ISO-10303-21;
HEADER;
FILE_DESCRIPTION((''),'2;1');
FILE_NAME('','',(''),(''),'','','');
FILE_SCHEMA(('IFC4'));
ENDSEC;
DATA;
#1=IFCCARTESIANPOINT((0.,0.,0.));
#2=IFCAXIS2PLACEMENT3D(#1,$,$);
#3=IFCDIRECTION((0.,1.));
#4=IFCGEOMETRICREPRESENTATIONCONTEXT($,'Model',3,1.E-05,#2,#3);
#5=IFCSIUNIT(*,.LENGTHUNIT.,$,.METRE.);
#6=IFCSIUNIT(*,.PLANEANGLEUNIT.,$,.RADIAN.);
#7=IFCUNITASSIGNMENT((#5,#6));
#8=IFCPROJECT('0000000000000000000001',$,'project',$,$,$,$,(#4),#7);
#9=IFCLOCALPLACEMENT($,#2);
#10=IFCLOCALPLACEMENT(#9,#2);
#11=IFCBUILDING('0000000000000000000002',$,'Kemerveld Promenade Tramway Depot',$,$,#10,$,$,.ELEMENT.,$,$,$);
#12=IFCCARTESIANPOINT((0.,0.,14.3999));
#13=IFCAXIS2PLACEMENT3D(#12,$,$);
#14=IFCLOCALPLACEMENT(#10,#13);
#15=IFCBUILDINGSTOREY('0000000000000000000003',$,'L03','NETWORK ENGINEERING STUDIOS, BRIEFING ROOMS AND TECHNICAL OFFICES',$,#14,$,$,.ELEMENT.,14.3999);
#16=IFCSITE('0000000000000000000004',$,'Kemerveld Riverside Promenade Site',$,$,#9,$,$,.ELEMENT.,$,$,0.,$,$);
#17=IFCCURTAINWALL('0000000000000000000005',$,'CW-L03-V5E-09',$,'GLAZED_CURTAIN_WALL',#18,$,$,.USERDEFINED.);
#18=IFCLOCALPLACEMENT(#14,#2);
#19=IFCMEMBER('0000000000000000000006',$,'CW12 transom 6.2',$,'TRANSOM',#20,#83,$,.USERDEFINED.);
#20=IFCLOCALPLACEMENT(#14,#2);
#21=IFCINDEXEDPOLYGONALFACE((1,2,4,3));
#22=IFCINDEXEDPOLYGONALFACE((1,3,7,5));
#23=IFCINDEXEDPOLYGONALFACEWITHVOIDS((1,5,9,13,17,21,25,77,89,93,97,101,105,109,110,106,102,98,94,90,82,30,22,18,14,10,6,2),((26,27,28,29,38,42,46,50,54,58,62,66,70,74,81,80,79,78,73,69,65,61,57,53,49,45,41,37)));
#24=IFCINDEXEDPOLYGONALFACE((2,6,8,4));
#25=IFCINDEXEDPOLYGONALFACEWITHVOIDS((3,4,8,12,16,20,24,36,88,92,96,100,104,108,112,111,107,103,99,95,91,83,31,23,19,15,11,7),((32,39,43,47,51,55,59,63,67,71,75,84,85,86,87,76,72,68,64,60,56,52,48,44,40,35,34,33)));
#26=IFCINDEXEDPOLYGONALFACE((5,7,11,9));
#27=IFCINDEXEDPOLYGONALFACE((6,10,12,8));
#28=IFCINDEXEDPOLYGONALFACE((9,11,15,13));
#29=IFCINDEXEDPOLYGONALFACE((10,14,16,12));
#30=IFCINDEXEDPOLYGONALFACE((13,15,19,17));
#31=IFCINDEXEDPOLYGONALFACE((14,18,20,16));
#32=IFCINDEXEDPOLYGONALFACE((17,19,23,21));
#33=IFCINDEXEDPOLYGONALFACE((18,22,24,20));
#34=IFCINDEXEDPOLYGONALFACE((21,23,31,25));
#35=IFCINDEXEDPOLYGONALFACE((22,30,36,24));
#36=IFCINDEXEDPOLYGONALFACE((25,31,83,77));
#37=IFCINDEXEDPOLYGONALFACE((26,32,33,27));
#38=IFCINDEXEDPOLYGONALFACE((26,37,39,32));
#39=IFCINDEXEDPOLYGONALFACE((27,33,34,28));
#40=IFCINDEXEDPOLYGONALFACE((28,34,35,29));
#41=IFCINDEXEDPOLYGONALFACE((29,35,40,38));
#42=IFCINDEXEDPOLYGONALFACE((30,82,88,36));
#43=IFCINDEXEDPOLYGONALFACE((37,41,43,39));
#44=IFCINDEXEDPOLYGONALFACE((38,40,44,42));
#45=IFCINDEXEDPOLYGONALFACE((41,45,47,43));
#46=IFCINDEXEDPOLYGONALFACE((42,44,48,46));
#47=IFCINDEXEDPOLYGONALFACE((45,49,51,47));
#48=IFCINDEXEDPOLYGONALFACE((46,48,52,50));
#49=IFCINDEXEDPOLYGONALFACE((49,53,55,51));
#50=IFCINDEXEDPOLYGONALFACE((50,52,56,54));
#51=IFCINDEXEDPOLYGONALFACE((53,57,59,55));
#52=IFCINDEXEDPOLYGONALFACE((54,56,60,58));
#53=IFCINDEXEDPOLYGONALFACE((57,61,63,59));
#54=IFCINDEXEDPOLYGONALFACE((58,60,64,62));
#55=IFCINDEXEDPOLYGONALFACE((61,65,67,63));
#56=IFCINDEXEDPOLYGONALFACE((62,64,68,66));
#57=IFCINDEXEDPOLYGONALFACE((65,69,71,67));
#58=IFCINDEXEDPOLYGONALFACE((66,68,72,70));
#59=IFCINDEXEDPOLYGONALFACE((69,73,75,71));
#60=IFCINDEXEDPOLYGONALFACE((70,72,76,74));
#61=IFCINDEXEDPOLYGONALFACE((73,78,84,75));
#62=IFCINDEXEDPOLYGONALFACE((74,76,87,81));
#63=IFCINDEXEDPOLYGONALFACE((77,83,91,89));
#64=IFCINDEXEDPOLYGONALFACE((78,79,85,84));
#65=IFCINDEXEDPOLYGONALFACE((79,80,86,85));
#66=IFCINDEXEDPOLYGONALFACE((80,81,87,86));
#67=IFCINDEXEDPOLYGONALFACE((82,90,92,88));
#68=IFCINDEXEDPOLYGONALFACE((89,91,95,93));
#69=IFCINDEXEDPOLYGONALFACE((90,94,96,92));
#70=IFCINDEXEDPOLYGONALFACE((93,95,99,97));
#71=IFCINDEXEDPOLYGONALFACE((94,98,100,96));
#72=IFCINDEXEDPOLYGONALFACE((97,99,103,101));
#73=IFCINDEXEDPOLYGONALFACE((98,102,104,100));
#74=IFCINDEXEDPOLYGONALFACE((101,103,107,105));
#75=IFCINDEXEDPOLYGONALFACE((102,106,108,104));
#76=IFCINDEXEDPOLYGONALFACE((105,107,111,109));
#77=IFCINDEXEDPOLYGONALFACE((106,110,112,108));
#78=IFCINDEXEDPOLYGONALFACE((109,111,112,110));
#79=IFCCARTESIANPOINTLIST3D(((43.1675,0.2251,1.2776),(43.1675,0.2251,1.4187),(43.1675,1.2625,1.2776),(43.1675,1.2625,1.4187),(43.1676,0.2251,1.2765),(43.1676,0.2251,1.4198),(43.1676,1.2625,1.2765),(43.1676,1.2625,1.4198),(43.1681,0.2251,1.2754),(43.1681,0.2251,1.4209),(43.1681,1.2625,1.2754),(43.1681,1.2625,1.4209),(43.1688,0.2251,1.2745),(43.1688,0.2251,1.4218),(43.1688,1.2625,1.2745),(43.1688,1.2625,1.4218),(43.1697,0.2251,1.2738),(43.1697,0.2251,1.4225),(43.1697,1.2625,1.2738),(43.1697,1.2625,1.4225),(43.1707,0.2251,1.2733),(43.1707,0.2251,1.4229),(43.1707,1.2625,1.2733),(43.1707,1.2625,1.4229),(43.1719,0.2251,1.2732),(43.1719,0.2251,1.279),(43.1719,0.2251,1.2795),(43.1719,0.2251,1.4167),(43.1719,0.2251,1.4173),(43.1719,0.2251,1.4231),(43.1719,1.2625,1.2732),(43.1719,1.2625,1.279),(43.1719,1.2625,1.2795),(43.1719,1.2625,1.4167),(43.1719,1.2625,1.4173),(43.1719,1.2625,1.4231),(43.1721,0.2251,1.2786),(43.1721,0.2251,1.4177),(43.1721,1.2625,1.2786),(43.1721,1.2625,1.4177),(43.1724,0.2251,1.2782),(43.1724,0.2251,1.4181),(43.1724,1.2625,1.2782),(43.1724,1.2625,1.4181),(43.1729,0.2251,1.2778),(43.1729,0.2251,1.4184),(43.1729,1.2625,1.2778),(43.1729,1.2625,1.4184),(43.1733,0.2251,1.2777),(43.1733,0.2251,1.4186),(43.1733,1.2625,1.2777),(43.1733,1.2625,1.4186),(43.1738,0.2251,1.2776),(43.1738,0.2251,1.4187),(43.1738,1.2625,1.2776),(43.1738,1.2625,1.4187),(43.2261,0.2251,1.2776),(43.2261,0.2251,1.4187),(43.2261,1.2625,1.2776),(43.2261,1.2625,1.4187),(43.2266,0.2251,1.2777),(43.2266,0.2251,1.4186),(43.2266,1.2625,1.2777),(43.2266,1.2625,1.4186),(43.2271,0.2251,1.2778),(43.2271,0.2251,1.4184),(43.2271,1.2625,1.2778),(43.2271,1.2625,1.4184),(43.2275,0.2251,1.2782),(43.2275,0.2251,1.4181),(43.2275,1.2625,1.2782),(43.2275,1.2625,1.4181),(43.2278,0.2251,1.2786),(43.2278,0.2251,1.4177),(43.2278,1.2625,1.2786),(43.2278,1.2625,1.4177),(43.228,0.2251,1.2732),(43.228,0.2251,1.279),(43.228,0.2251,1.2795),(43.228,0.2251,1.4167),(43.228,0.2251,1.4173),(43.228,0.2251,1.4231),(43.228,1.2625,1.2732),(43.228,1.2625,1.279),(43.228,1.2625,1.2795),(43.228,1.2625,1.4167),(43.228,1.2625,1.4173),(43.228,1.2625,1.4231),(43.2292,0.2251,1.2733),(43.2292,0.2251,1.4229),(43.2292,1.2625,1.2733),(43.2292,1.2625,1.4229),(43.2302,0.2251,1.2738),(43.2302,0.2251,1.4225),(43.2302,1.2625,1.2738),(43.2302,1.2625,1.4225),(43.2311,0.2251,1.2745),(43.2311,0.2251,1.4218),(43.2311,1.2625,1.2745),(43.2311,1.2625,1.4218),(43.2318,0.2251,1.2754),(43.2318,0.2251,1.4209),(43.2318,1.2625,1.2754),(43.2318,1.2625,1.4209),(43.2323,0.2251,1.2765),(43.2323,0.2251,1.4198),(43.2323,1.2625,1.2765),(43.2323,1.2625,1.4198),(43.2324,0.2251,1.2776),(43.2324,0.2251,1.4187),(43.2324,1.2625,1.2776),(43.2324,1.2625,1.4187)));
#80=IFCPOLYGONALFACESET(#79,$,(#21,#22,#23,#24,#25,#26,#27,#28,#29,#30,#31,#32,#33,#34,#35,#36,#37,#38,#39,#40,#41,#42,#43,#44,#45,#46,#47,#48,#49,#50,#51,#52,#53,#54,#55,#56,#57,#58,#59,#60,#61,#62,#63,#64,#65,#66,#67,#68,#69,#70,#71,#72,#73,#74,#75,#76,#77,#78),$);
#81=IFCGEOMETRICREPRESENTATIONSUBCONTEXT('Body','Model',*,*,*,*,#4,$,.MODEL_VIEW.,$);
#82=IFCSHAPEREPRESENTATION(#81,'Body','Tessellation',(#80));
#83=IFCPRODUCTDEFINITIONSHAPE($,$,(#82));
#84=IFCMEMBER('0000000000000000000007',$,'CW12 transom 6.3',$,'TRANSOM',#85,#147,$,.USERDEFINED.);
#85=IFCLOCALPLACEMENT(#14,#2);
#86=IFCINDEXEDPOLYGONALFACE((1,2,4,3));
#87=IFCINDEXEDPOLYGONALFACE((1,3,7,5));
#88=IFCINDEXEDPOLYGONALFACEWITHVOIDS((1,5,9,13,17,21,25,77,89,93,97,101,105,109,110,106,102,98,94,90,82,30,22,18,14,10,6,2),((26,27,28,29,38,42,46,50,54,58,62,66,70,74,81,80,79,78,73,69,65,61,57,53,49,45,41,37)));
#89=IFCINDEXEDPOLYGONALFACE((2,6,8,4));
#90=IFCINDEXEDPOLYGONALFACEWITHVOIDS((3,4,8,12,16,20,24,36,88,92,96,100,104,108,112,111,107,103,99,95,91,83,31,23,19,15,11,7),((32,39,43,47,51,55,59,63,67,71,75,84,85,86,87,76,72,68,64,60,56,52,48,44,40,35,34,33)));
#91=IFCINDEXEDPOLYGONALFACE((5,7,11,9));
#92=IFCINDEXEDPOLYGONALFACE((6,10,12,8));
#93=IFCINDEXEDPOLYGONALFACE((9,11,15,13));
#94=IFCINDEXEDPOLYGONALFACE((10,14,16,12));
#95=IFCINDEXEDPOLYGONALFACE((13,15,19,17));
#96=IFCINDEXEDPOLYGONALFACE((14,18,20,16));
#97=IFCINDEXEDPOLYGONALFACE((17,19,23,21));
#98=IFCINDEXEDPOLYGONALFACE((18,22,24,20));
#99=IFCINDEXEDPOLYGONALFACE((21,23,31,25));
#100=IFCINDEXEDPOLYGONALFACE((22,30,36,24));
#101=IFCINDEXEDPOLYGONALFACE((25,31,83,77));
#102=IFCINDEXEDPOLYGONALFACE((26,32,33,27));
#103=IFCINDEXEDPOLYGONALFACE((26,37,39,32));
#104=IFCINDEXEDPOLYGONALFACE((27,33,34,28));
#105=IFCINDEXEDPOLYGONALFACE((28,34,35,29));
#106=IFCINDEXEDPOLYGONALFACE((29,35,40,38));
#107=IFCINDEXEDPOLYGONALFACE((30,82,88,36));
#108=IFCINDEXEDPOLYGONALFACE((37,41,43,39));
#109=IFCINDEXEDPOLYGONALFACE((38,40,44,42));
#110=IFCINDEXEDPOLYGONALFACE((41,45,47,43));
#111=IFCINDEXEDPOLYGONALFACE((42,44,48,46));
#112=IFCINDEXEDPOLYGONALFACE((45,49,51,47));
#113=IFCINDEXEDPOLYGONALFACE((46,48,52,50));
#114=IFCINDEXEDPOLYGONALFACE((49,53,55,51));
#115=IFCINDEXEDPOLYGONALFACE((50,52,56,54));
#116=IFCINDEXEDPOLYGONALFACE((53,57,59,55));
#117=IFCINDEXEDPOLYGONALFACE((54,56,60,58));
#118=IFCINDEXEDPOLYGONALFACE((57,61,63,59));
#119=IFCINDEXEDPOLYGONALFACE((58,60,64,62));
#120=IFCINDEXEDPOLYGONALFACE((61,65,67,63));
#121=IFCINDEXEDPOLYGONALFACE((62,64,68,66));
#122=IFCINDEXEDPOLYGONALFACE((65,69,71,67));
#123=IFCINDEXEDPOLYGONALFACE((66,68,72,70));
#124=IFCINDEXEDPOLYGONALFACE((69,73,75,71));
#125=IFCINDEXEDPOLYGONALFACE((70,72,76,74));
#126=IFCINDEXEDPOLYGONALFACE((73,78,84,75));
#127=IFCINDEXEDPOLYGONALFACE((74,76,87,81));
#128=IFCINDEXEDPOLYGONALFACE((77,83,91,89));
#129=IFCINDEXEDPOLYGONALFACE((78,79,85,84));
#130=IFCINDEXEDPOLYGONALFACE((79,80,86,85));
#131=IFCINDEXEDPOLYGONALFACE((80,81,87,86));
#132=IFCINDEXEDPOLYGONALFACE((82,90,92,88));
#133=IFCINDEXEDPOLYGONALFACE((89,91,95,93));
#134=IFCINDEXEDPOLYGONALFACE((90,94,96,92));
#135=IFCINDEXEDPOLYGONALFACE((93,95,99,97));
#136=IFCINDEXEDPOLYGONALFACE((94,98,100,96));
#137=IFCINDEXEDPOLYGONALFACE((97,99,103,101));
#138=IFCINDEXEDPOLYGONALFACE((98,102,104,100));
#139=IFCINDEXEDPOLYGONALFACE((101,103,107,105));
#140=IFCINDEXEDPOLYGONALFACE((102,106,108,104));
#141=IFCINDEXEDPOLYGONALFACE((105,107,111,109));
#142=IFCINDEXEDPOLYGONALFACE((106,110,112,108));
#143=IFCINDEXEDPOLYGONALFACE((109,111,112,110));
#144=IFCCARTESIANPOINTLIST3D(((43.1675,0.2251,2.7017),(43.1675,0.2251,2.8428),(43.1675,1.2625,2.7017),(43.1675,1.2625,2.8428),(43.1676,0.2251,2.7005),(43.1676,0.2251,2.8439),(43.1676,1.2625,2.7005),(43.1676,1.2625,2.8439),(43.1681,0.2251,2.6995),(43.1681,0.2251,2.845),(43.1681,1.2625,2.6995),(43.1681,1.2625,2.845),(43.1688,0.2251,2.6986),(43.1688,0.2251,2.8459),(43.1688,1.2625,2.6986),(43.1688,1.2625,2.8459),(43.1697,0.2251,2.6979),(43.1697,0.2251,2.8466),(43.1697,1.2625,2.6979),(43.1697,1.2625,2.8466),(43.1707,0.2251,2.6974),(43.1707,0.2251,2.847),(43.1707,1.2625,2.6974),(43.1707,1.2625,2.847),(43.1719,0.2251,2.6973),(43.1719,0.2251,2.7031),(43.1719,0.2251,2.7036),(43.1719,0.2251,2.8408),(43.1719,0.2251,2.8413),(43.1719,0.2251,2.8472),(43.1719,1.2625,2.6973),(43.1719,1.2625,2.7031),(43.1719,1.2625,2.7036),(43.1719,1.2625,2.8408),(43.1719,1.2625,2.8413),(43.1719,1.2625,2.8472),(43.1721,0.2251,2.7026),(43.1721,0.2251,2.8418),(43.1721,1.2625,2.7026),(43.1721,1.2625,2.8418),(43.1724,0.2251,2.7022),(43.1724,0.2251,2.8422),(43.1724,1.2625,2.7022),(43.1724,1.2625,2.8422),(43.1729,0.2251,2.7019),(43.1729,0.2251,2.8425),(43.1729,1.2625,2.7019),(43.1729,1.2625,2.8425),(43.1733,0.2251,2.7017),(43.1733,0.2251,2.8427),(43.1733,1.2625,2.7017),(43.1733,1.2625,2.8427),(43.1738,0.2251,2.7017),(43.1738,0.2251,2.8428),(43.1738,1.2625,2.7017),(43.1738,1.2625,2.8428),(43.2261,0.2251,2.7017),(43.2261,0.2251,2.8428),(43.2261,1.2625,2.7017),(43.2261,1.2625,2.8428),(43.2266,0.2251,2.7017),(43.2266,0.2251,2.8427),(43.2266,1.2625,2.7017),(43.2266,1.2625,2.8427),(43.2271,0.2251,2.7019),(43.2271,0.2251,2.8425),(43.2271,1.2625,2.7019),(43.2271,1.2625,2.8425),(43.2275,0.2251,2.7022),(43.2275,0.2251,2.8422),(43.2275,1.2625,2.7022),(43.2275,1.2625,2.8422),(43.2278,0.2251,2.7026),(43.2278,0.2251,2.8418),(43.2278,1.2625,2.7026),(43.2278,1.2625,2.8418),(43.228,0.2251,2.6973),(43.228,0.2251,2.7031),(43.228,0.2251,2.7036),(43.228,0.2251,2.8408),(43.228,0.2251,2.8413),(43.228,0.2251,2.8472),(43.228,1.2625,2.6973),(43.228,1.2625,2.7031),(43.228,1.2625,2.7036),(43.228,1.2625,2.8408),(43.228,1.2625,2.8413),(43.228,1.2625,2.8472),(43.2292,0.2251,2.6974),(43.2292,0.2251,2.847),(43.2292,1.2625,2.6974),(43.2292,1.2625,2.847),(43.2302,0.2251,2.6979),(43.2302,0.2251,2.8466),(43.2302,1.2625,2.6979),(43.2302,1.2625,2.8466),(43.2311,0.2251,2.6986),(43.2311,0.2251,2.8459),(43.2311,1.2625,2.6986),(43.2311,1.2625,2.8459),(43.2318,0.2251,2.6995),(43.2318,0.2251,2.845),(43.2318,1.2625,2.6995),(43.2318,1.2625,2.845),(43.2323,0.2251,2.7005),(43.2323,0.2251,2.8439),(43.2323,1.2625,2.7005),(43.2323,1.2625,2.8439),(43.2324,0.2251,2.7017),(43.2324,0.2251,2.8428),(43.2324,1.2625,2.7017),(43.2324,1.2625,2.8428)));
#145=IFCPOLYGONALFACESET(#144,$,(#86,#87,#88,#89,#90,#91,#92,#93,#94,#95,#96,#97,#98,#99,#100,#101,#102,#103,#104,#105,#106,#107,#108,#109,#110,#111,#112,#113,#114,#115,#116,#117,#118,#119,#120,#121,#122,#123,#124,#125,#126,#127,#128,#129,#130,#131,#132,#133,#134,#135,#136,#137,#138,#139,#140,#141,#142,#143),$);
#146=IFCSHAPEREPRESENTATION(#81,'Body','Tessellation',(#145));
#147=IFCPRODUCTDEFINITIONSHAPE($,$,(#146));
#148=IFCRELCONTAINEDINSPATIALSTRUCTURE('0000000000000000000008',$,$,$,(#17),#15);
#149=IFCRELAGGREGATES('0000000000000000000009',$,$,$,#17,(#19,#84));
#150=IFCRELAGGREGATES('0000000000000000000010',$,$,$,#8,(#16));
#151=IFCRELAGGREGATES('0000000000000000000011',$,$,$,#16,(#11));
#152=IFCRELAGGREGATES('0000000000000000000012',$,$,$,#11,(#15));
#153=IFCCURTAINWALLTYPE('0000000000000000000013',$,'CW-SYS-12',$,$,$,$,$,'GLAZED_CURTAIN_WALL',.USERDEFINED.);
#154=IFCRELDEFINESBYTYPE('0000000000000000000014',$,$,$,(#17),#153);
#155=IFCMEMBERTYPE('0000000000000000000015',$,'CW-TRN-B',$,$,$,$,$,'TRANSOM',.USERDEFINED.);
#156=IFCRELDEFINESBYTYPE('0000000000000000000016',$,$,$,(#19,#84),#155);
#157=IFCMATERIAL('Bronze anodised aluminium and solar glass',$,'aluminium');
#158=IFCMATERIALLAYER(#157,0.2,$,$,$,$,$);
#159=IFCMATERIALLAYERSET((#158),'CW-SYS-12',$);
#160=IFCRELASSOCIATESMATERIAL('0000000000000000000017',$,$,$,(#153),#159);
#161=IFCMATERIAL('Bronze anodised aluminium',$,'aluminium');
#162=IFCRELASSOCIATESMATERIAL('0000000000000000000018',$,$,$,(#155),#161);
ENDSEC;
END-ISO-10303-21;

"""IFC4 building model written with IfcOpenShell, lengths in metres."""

from ifc_helpers import new_model, si_unit, direction, frame, origin, origin_2d, place, context, subcontext, project, spatial, hollow_rectangle, extrude, material, layer, layer_set, material_profile, profile_set, type_object, element, aggregate, save


model = new_model("IFC4")

# Units and contexts
model_context = context("Model", 3, precision=1e-05, world=origin(), true_north=direction((0.0, 1.0)))
body_context = subcontext(model_context, "Body", "Model", "MODEL_VIEW")
ifc_project = project(units=[si_unit("LENGTHUNIT", "METRE"), si_unit("PLANEANGLEUNIT", "RADIAN")], contexts=[model_context])

# Site, building, storey
site_placement = place(None, origin())
site = spatial("IfcSite", under=ifc_project, at=site_placement, Name="Kemerveld Riverside Promenade Site", CompositionType="ELEMENT", RefElevation=0.0)
building_placement = place(site_placement, origin())
building = spatial("IfcBuilding", under=site, at=building_placement, Name="Kemerveld Promenade Tramway Depot", CompositionType="ELEMENT")
storey_placement = place(building_placement, frame((0.0, 0.0, 14.3999)))
storey = spatial("IfcBuildingStorey", under=building, at=storey_placement, Name="L03", Description="NETWORK ENGINEERING STUDIOS, BRIEFING ROOMS AND TECHNICAL OFFICES", CompositionType="ELEMENT", Elevation=14.3999)

# Curtain wall, members
ifc_material_1 = material(Name="Bronze anodised aluminium and solar glass", Category="aluminium")
ifc_layer_1 = layer(ifc_material_1, 0.2)
ifc_layer_set_1 = layer_set([ifc_layer_1], Name="CW-SYS-12")
curtain_wall_type = type_object("IfcCurtainWallType", Name="CW-SYS-12", ElementType="GLAZED_CURTAIN_WALL", PredefinedType="USERDEFINED", material=ifc_layer_set_1)
curtain_wall_placement = place(storey_placement, origin())
curtain_wall = element("IfcCurtainWall", 1, at=curtain_wall_placement, inside=storey, type_object=curtain_wall_type, Name="CW-L03-V5E-09", ObjectType="GLAZED_CURTAIN_WALL", PredefinedType="USERDEFINED")
ifc_material_2 = material(Name="Bronze anodised aluminium", Category="aluminium")
ifc_material_profile_1 = material_profile(ifc_material_2, hollow_rectangle(XDim=0.0649, YDim=0.1499, WallThickness=0.0044, InnerFilletRadius=0.002, OuterFilletRadius=0.0044, at=origin_2d()), Name="CW-TRN-150x65")
ifc_profile_set_1 = profile_set([ifc_material_profile_1], Name="Bronze anodised aluminium")
member_type_1 = type_object("IfcMemberType", Name="CW-TRN-B", ElementType="TRANSOM", PredefinedType="USERDEFINED", material=ifc_profile_set_1)
member_1_placement = place(storey_placement, frame((43.2, 1.2625, 1.3481), z_axis=(0.0, -1.0, 0.0), x_axis=(1.0, 0.0, 0.0)))
member_1 = element("IfcMember", 2, at=member_1_placement, type_object=member_type_1, Name="CW12 transom 6.2", ObjectType="TRANSOM", PredefinedType="USERDEFINED", context=body_context, shape_type="SweptSolid", body=[
    extrude(hollow_rectangle(XDim=0.0649, YDim=0.1499, WallThickness=0.0044, InnerFilletRadius=0.002, OuterFilletRadius=0.0044, at=origin_2d()), origin(), (0.0, 0.0, 1.0), 1.0374),
])
member_2_placement = place(storey_placement, frame((43.2, 1.2625, 2.7722), z_axis=(0.0, -1.0, 0.0), x_axis=(1.0, 0.0, 0.0)))
member_2 = element("IfcMember", 3, at=member_2_placement, type_object=member_type_1, Name="CW12 transom 6.3", ObjectType="TRANSOM", PredefinedType="USERDEFINED", context=body_context, shape_type="SweptSolid", body=[
    extrude(hollow_rectangle(XDim=0.0649, YDim=0.1499, WallThickness=0.0044, InnerFilletRadius=0.002, OuterFilletRadius=0.0044, at=origin_2d()), origin(), (0.0, 0.0, 1.0), 1.0374),
])
aggregate(curtain_wall, [member_1, member_2])

save(model, "model.ifc")
